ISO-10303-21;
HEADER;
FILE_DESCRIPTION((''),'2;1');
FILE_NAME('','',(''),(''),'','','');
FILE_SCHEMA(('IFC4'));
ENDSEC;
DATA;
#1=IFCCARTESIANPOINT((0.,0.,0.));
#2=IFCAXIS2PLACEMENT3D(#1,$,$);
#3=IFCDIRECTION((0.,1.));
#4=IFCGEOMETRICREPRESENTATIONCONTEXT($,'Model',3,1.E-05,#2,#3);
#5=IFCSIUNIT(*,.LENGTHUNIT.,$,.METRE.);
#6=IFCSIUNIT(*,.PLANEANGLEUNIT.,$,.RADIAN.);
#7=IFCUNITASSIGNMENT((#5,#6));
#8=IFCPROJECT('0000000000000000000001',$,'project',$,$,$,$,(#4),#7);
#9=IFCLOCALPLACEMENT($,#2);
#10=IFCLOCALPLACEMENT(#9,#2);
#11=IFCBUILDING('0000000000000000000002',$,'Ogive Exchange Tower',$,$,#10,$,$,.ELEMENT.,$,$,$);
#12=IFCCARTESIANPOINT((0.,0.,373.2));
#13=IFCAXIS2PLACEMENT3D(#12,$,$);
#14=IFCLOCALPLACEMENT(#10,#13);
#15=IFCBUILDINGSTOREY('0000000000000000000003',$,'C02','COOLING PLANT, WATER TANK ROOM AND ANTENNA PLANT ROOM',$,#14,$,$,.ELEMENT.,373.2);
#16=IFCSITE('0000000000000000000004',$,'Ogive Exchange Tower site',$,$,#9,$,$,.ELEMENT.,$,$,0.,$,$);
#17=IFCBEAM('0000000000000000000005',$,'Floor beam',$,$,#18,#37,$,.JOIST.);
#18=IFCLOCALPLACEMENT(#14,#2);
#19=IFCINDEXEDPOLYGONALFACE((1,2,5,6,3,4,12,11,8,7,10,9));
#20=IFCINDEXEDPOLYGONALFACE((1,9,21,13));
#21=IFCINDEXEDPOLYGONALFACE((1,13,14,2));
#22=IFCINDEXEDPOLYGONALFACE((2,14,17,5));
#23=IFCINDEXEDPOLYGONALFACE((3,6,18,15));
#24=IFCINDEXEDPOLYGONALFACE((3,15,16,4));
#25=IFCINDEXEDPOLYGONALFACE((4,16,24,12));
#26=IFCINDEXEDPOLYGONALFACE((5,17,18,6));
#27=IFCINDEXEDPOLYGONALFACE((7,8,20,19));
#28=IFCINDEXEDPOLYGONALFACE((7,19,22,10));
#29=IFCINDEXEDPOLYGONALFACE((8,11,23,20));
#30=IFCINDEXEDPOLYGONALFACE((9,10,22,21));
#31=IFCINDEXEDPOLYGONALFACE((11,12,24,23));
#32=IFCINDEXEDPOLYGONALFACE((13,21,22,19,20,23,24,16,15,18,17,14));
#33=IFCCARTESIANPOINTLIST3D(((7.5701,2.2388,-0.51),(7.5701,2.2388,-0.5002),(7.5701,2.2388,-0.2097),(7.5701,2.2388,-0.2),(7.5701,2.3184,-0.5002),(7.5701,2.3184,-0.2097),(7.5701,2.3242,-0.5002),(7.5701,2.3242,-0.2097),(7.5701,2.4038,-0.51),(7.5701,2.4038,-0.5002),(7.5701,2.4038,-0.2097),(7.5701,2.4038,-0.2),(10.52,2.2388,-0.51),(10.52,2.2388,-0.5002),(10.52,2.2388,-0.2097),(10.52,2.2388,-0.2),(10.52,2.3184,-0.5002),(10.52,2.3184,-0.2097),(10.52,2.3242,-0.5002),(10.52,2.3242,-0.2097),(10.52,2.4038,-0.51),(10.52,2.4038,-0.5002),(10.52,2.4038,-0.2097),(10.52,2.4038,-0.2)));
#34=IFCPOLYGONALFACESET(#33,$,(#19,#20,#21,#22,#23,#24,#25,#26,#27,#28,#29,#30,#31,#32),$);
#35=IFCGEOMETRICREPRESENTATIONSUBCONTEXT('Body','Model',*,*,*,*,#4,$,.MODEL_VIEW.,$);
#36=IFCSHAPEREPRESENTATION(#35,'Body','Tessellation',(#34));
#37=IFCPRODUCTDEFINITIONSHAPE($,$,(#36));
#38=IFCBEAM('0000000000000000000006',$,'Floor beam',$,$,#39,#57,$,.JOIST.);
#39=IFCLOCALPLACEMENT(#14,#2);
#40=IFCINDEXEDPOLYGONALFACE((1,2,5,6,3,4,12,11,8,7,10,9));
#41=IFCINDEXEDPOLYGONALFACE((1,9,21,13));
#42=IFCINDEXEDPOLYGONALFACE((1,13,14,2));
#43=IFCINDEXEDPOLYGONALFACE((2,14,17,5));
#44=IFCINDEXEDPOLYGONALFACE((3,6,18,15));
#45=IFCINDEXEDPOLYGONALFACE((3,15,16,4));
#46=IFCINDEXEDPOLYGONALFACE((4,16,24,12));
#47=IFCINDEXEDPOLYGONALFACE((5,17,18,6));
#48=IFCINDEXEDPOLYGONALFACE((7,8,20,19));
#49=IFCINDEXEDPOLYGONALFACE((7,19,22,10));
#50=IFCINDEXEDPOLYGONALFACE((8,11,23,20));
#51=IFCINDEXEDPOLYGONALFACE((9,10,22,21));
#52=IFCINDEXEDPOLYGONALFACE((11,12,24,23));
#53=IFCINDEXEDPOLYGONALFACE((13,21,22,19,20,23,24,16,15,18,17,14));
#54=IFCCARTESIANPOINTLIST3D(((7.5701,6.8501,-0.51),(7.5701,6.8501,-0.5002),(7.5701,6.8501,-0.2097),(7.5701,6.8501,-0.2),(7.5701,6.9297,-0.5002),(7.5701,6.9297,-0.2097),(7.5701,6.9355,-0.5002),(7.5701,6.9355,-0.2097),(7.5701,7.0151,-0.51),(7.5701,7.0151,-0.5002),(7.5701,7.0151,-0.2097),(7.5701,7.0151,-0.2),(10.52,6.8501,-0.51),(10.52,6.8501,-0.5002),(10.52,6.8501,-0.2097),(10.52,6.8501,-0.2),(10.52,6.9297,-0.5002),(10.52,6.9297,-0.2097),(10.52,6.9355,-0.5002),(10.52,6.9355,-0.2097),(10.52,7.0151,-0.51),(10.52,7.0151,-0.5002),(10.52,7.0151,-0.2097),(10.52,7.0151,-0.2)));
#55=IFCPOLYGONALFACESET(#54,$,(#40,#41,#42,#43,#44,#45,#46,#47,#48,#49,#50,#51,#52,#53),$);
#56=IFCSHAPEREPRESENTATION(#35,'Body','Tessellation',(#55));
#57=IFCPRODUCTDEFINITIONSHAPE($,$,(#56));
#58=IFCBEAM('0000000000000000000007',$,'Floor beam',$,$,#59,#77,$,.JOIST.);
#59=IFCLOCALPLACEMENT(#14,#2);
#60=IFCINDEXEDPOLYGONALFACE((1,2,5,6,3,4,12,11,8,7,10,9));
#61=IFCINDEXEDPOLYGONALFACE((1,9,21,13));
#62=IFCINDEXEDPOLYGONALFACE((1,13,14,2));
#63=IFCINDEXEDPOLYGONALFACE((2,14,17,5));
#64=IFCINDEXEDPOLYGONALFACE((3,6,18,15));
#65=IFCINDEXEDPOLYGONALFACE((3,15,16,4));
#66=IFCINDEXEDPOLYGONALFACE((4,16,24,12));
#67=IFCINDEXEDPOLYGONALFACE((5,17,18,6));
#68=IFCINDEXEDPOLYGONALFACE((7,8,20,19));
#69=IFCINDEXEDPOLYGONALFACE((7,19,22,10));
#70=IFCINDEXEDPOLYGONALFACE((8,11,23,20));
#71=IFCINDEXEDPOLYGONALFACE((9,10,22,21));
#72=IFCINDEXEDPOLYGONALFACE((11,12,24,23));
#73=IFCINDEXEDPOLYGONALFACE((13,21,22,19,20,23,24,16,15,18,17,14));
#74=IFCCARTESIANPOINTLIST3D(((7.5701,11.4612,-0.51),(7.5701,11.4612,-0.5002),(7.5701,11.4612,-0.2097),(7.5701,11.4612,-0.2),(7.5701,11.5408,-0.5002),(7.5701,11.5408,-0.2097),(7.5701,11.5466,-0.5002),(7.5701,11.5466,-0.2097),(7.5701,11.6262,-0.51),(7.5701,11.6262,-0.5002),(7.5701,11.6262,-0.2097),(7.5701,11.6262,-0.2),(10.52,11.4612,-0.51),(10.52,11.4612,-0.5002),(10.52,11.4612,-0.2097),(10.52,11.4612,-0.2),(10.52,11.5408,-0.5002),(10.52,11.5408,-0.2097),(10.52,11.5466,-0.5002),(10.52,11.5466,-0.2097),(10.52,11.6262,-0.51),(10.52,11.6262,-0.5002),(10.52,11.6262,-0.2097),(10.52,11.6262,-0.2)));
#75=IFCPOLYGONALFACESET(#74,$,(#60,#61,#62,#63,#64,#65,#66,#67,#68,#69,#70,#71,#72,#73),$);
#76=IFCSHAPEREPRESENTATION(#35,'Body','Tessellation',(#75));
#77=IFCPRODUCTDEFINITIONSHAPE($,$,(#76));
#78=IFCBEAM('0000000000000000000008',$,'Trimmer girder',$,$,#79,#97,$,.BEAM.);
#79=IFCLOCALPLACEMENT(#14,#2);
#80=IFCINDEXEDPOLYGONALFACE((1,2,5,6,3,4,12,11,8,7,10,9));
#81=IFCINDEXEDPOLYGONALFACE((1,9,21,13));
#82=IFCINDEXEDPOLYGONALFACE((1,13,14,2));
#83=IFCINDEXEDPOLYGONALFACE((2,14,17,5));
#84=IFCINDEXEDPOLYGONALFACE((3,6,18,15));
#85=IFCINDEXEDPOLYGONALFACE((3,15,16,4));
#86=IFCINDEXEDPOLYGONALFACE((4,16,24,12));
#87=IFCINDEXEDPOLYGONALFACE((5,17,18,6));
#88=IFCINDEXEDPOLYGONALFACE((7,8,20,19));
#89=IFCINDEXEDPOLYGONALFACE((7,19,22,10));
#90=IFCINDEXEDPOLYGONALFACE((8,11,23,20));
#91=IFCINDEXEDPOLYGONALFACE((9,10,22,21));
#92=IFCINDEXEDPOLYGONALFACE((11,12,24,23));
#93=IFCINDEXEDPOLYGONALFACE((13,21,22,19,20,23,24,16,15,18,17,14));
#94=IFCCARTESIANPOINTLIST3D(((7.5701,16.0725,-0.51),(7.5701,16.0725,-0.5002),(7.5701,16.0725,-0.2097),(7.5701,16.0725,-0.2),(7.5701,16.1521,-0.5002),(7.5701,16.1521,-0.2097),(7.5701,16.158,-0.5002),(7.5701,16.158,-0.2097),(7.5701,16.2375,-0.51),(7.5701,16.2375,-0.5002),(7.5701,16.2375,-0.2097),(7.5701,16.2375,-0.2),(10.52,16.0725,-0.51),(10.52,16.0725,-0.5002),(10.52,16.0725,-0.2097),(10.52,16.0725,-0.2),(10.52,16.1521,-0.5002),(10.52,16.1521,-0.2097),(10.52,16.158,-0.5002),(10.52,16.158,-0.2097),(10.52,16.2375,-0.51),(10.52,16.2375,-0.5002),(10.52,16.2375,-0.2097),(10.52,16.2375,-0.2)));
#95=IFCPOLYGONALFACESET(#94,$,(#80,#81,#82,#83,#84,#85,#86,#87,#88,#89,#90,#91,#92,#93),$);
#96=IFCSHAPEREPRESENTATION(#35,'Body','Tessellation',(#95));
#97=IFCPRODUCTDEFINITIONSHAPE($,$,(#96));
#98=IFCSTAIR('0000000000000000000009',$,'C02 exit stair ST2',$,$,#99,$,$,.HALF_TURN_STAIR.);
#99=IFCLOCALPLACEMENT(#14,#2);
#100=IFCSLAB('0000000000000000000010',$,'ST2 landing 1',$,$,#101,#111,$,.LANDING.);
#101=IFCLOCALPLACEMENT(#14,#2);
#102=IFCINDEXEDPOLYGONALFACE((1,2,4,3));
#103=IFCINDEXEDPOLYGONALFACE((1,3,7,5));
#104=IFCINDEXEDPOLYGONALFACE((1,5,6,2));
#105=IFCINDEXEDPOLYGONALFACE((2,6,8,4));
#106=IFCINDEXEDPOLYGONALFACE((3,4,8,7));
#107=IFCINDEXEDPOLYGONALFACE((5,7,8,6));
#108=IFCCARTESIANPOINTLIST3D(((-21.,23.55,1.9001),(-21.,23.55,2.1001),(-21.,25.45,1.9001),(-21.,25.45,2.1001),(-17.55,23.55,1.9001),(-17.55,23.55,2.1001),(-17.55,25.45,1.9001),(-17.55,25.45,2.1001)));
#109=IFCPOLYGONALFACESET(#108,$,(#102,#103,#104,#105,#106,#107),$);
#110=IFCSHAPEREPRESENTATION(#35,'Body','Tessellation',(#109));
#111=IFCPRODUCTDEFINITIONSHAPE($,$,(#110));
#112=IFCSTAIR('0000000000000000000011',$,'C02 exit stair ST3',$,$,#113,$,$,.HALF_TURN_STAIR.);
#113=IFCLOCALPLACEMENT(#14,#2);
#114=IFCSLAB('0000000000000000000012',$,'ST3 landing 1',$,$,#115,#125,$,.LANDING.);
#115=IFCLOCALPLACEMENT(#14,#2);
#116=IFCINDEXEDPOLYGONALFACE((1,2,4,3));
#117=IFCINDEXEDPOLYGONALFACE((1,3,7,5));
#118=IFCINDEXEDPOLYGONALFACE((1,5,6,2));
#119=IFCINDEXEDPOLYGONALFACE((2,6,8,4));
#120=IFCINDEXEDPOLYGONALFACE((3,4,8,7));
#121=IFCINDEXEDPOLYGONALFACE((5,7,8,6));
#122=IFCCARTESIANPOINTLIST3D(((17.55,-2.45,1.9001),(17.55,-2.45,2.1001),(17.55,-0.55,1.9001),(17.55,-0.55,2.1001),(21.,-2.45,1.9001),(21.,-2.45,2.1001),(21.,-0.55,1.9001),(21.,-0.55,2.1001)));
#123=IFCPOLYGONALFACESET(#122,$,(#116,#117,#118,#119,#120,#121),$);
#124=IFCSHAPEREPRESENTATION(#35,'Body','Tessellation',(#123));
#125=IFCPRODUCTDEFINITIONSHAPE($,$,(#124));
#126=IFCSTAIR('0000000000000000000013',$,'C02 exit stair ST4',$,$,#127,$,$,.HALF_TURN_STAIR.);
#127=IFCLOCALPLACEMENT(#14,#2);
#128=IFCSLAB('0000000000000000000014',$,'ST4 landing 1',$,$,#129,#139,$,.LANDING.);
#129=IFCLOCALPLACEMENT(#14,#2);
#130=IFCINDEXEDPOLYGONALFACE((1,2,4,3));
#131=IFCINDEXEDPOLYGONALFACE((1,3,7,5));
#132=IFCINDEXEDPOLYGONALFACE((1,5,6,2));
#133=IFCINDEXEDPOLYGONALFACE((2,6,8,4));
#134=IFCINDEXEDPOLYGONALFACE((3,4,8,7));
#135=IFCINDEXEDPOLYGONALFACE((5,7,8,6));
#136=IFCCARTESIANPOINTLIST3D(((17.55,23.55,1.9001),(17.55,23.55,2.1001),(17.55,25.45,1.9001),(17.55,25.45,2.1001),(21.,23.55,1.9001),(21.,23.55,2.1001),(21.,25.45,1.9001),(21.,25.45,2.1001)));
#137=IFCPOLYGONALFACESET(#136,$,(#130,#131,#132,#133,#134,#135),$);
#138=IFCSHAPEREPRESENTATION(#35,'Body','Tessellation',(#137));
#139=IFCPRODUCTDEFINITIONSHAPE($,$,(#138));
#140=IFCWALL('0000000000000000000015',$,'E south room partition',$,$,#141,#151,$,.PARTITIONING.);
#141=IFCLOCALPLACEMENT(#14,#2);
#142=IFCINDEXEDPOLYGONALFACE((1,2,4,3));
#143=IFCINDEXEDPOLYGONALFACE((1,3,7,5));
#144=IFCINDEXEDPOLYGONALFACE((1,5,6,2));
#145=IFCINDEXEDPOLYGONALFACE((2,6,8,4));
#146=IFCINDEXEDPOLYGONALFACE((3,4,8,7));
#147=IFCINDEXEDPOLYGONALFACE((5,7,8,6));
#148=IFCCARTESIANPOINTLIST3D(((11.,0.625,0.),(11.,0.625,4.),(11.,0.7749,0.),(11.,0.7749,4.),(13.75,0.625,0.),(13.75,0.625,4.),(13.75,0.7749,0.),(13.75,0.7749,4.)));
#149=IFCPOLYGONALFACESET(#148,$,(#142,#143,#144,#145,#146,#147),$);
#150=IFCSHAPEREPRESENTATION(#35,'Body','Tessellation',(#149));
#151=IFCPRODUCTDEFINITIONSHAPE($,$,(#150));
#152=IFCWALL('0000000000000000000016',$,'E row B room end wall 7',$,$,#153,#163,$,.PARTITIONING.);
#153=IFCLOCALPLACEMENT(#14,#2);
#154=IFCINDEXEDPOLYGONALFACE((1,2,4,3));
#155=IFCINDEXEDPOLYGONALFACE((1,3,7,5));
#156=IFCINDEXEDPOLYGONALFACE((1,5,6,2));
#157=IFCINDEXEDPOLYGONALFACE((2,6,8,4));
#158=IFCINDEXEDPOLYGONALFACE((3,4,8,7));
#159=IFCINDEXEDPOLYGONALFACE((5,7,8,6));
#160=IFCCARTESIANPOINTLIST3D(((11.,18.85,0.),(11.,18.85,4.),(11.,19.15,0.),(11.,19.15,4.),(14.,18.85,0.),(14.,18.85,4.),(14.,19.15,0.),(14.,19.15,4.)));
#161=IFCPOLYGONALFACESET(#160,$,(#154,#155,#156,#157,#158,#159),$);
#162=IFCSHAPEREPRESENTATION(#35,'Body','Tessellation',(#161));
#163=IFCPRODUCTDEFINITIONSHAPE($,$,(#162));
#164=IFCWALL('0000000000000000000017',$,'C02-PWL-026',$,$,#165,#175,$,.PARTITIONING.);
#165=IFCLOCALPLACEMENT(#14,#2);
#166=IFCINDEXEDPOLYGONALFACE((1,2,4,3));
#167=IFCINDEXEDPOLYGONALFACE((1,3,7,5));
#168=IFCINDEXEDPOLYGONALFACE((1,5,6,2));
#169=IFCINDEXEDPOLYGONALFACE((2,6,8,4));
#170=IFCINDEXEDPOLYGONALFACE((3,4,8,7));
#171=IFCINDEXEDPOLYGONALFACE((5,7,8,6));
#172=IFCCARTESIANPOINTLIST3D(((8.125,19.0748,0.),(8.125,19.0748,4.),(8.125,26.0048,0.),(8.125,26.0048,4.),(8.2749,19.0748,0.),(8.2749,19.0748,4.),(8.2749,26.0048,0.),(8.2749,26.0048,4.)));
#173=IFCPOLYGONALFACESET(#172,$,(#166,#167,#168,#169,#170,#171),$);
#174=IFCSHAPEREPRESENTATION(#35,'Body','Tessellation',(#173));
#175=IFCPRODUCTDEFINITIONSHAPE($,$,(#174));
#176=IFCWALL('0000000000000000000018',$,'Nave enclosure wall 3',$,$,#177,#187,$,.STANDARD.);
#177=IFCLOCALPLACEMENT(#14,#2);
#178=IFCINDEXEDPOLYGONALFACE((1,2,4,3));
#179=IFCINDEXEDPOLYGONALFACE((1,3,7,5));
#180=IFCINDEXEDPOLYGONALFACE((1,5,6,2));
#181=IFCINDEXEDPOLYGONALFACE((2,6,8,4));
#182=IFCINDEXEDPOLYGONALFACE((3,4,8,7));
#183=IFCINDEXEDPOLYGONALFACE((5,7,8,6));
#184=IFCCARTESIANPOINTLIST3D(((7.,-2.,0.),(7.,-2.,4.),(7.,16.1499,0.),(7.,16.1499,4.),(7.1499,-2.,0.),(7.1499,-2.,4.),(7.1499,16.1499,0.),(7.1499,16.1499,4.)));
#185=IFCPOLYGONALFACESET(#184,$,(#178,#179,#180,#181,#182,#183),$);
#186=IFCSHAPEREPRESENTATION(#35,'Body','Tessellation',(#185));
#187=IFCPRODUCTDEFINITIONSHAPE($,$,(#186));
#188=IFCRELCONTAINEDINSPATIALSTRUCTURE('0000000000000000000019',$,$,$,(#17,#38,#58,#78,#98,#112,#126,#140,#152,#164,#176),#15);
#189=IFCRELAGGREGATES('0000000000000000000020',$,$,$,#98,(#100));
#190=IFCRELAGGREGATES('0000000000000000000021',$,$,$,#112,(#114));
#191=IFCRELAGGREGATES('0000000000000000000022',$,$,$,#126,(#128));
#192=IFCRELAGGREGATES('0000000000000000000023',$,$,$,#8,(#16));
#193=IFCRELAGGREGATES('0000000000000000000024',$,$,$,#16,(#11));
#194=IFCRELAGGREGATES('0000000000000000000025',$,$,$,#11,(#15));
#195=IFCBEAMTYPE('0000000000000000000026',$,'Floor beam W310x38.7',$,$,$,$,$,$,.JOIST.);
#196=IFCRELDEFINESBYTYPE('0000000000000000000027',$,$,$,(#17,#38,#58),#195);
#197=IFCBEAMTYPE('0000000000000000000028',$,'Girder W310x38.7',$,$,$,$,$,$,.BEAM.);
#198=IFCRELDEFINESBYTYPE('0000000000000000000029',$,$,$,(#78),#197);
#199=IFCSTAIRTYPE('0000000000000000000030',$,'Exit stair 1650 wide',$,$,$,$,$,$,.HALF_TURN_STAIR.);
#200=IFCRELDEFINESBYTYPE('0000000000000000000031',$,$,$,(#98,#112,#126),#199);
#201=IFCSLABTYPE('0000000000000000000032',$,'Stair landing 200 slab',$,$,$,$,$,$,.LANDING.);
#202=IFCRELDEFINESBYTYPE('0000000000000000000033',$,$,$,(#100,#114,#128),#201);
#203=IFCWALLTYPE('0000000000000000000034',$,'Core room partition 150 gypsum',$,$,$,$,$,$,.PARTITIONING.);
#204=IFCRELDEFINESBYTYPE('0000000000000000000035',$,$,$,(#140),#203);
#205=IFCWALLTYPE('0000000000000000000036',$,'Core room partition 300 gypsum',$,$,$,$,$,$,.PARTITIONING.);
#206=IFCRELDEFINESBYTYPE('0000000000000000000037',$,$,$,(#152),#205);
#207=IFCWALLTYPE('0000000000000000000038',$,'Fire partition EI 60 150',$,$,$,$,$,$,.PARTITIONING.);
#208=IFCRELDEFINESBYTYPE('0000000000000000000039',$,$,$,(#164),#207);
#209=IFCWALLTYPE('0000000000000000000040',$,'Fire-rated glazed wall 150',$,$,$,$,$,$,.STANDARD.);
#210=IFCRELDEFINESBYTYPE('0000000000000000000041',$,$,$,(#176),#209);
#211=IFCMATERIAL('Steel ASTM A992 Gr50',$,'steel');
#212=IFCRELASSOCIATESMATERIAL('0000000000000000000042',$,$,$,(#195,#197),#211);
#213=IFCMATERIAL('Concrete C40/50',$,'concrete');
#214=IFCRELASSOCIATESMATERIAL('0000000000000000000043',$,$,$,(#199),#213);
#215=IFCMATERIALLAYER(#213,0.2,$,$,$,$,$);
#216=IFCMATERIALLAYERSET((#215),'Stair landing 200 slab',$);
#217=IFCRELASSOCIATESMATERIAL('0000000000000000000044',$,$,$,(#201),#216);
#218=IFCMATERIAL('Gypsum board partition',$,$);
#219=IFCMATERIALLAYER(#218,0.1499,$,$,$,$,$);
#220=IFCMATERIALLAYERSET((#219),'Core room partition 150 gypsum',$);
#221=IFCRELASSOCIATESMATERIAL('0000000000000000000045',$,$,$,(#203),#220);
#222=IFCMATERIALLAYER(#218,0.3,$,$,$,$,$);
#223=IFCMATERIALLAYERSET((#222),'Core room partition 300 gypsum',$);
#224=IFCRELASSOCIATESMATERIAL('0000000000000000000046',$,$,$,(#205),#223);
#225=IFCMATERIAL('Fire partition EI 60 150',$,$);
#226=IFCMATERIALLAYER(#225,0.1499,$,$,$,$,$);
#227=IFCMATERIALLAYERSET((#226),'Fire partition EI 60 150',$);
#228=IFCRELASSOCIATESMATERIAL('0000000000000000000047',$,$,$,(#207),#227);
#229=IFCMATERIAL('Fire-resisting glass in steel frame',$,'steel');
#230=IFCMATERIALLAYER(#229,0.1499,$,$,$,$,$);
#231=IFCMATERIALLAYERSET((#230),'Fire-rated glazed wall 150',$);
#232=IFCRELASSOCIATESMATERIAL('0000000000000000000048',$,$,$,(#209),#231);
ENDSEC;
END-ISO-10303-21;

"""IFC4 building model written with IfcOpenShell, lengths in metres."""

from ifc_helpers import new_model, si_unit, direction, frame, frame_2d, origin, origin_2d, place, context, subcontext, project, spatial, polyline, rectangle, i_section, outline, extrude, material, layer, layer_set, material_profile, profile_set, type_object, element, aggregate, save


model = new_model("IFC4")

# Units and contexts
model_context = context("Model", 3, precision=1e-05, world=origin(), true_north=direction((0.0, 1.0)))
body_context = subcontext(model_context, "Body", "Model", "MODEL_VIEW")
ifc_project = project(units=[si_unit("LENGTHUNIT", "METRE"), si_unit("PLANEANGLEUNIT", "RADIAN")], contexts=[model_context])

# Site, building, storey
site_placement = place(None, origin())
site = spatial("IfcSite", under=ifc_project, at=site_placement, Name="Ogive Exchange Tower site", CompositionType="ELEMENT", RefElevation=0.0)
building_placement = place(site_placement, origin())
building = spatial("IfcBuilding", under=site, at=building_placement, Name="Ogive Exchange Tower", CompositionType="ELEMENT")
storey_placement = place(building_placement, frame((0.0, 0.0, 373.2)))
storey = spatial("IfcBuildingStorey", under=building, at=storey_placement, Name="C02", Description="COOLING PLANT, WATER TANK ROOM AND ANTENNA PLANT ROOM", CompositionType="ELEMENT", Elevation=373.2)

# Beams
ifc_material_1 = material(Name="Steel ASTM A992 Gr50", Category="steel")
ifc_material_profile_1 = material_profile(ifc_material_1, i_section(OverallWidth=0.165, OverallDepth=0.3101, WebThickness=0.0059, FlangeThickness=0.0098, at=origin_2d()), Name="W310x38.7")
ifc_profile_set_1 = profile_set([ifc_material_profile_1], Name="Steel ASTM A992 Gr50")
beam_type_1 = type_object("IfcBeamType", Name="Floor beam W310x38.7", PredefinedType="JOIST", material=ifc_profile_set_1)
for number, where, z_axis, x_axis, name in (
    (1, (7.5701, 2.3213, -0.355), (1.0, 0.0, 0.0), (0.0, 1.0, 0.0), "Floor beam"),
    (2, (7.5701, 6.9326, -0.355), (1.0, 0.0, 0.0), (0.0, 1.0, 0.0), "Floor beam"),
    (3, (7.5701, 11.5437, -0.355), (1.0, 0.0, 0.0), (0.0, 1.0, 0.0), "Floor beam"),
):
    element("IfcBeam", number, at=place(storey_placement, frame(where, z_axis=z_axis, x_axis=x_axis)), inside=storey, type_object=beam_type_1, Name=name, PredefinedType="JOIST", context=body_context, shape_type="SweptSolid", body=[
        extrude(i_section(OverallWidth=0.165, OverallDepth=0.3101, WebThickness=0.0059, FlangeThickness=0.0098, at=origin_2d()), origin(), (0.0, 0.0, 1.0), 2.95),
    ])
ifc_material_profile_2 = material_profile(ifc_material_1, i_section(OverallWidth=0.165, OverallDepth=0.3101, WebThickness=0.0059, FlangeThickness=0.0098, at=origin_2d()), Name="W310x38.7")
ifc_profile_set_2 = profile_set([ifc_material_profile_2], Name="Steel ASTM A992 Gr50")
beam_type_2 = type_object("IfcBeamType", Name="Girder W310x38.7", PredefinedType="BEAM", material=ifc_profile_set_2)
beam_placement = place(storey_placement, frame((7.5701, 16.155, -0.355), z_axis=(1.0, 0.0, 0.0), x_axis=(0.0, 1.0, 0.0)))
element("IfcBeam", 4, at=beam_placement, inside=storey, type_object=beam_type_2, Name="Trimmer girder", PredefinedType="BEAM", context=body_context, shape_type="SweptSolid", body=[
    extrude(i_section(OverallWidth=0.165, OverallDepth=0.3101, WebThickness=0.0059, FlangeThickness=0.0098, at=origin_2d()), origin(), (0.0, 0.0, 1.0), 2.95),
])

# Stairs, slabs
ifc_material_2 = material(Name="Concrete C40/50", Category="concrete")
stair_type = type_object("IfcStairType", Name="Exit stair 1650 wide", PredefinedType="HALF_TURN_STAIR", material=ifc_material_2)
stair_1_placement = place(storey_placement, origin())
stair_1 = element("IfcStair", 5, at=stair_1_placement, inside=storey, type_object=stair_type, Name="C02 exit stair ST2", PredefinedType="HALF_TURN_STAIR")
ifc_layer_1 = layer(ifc_material_2, 0.2)
ifc_layer_set_1 = layer_set([ifc_layer_1], Name="Stair landing 200 slab")
slab_type = type_object("IfcSlabType", Name="Stair landing 200 slab", PredefinedType="LANDING", material=ifc_layer_set_1)
slab_1_placement = place(storey_placement, frame((0.0, 0.0, 1.9001)))
slab_1 = element("IfcSlab", 6, at=slab_1_placement, type_object=slab_type, Name="ST2 landing 1", PredefinedType="LANDING", context=body_context, shape_type="SweptSolid", body=[
    extrude(outline(polyline([(-17.55, 23.55), (-17.55, 25.45), (-21.0, 25.45), (-21.0, 23.55), (-17.55, 23.55)])), origin(), (0.0, 0.0, 1.0), 0.2),
])
aggregate(stair_1, [slab_1])
stair_2_placement = place(storey_placement, origin())
stair_2 = element("IfcStair", 7, at=stair_2_placement, inside=storey, type_object=stair_type, Name="C02 exit stair ST3", PredefinedType="HALF_TURN_STAIR")
slab_2_placement = place(storey_placement, frame((0.0, 0.0, 1.9001)))
slab_2 = element("IfcSlab", 8, at=slab_2_placement, type_object=slab_type, Name="ST3 landing 1", PredefinedType="LANDING", context=body_context, shape_type="SweptSolid", body=[
    extrude(outline(polyline([(17.55, -0.55), (17.55, -2.45), (21.0, -2.45), (21.0, -0.55), (17.55, -0.55)])), origin(), (0.0, 0.0, 1.0), 0.2),
])
aggregate(stair_2, [slab_2])
stair_3_placement = place(storey_placement, origin())
stair_3 = element("IfcStair", 9, at=stair_3_placement, inside=storey, type_object=stair_type, Name="C02 exit stair ST4", PredefinedType="HALF_TURN_STAIR")
slab_3_placement = place(storey_placement, frame((0.0, 0.0, 1.9001)))
slab_3 = element("IfcSlab", 10, at=slab_3_placement, type_object=slab_type, Name="ST4 landing 1", PredefinedType="LANDING", context=body_context, shape_type="SweptSolid", body=[
    extrude(outline(polyline([(21.0, 23.55), (21.0, 25.45), (17.55, 25.45), (17.55, 23.55), (21.0, 23.55)])), origin(), (0.0, 0.0, 1.0), 0.2),
])
aggregate(stair_3, [slab_3])

# Walls
ifc_material_3 = material(Name="Gypsum board partition")
ifc_layer_2 = layer(ifc_material_3, 0.1499)
ifc_layer_set_2 = layer_set([ifc_layer_2], Name="Core room partition 150 gypsum")
wall_type_1 = type_object("IfcWallType", Name="Core room partition 150 gypsum", PredefinedType="PARTITIONING", material=ifc_layer_set_2)
wall_1_placement = place(storey_placement, frame((11.0, 0.7, 0.0), z_axis=(0.0, 0.0, 1.0), x_axis=(1.0, 0.0, 0.0)))
element("IfcWall", 11, at=wall_1_placement, inside=storey, type_object=wall_type_1, Name="E south room partition", PredefinedType="PARTITIONING", context=body_context, shape_type="SweptSolid", body=[
    extrude(rectangle(XDim=2.75, YDim=0.1499, at=frame_2d((1.375, 0.0))), origin(), (0.0, 0.0, 1.0), 4.0),
])
ifc_layer_3 = layer(ifc_material_3, 0.3)
ifc_layer_set_3 = layer_set([ifc_layer_3], Name="Core room partition 300 gypsum")
wall_type_2 = type_object("IfcWallType", Name="Core room partition 300 gypsum", PredefinedType="PARTITIONING", material=ifc_layer_set_3)
wall_2_placement = place(storey_placement, frame((11.0, 19.0, 0.0), z_axis=(0.0, 0.0, 1.0), x_axis=(1.0, 0.0, 0.0)))
element("IfcWall", 12, at=wall_2_placement, inside=storey, type_object=wall_type_2, Name="E row B room end wall 7", PredefinedType="PARTITIONING", context=body_context, shape_type="SweptSolid", body=[
    extrude(rectangle(XDim=3.0, YDim=0.3, at=frame_2d((1.5, 0.0))), origin(), (0.0, 0.0, 1.0), 4.0),
])
ifc_material_4 = material(Name="Fire partition EI 60 150")
ifc_layer_4 = layer(ifc_material_4, 0.1499)
ifc_layer_set_4 = layer_set([ifc_layer_4], Name="Fire partition EI 60 150")
wall_type_3 = type_object("IfcWallType", Name="Fire partition EI 60 150", PredefinedType="PARTITIONING", material=ifc_layer_set_4)
wall_3_placement = place(storey_placement, frame((8.2, 19.075, 0.0), z_axis=(0.0, 0.0, 1.0), x_axis=(0.0, 1.0, 0.0)))
element("IfcWall", 13, at=wall_3_placement, inside=storey, type_object=wall_type_3, Name="C02-PWL-026", PredefinedType="PARTITIONING", context=body_context, shape_type="SweptSolid", body=[
    extrude(rectangle(XDim=6.9299, YDim=0.1499, at=frame_2d((3.4648, 0.0))), origin(), (0.0, 0.0, 1.0), 4.0),
])
ifc_material_5 = material(Name="Fire-resisting glass in steel frame", Category="steel")
ifc_layer_5 = layer(ifc_material_5, 0.1499)
ifc_layer_set_5 = layer_set([ifc_layer_5], Name="Fire-rated glazed wall 150")
wall_type_4 = type_object("IfcWallType", Name="Fire-rated glazed wall 150", PredefinedType="STANDARD", material=ifc_layer_set_5)
wall_4_placement = place(storey_placement, frame((7.075, 16.1499, 0.0), z_axis=(0.0, 0.0, 1.0), x_axis=(0.0, -1.0, 0.0)))
element("IfcWall", 14, at=wall_4_placement, inside=storey, type_object=wall_type_4, Name="Nave enclosure wall 3", PredefinedType="STANDARD", context=body_context, shape_type="SweptSolid", body=[
    extrude(rectangle(XDim=18.1499, YDim=0.1499, at=frame_2d((9.075, 0.0))), origin(), (0.0, 0.0, 1.0), 4.0),
])

save(model, "model.ifc")
